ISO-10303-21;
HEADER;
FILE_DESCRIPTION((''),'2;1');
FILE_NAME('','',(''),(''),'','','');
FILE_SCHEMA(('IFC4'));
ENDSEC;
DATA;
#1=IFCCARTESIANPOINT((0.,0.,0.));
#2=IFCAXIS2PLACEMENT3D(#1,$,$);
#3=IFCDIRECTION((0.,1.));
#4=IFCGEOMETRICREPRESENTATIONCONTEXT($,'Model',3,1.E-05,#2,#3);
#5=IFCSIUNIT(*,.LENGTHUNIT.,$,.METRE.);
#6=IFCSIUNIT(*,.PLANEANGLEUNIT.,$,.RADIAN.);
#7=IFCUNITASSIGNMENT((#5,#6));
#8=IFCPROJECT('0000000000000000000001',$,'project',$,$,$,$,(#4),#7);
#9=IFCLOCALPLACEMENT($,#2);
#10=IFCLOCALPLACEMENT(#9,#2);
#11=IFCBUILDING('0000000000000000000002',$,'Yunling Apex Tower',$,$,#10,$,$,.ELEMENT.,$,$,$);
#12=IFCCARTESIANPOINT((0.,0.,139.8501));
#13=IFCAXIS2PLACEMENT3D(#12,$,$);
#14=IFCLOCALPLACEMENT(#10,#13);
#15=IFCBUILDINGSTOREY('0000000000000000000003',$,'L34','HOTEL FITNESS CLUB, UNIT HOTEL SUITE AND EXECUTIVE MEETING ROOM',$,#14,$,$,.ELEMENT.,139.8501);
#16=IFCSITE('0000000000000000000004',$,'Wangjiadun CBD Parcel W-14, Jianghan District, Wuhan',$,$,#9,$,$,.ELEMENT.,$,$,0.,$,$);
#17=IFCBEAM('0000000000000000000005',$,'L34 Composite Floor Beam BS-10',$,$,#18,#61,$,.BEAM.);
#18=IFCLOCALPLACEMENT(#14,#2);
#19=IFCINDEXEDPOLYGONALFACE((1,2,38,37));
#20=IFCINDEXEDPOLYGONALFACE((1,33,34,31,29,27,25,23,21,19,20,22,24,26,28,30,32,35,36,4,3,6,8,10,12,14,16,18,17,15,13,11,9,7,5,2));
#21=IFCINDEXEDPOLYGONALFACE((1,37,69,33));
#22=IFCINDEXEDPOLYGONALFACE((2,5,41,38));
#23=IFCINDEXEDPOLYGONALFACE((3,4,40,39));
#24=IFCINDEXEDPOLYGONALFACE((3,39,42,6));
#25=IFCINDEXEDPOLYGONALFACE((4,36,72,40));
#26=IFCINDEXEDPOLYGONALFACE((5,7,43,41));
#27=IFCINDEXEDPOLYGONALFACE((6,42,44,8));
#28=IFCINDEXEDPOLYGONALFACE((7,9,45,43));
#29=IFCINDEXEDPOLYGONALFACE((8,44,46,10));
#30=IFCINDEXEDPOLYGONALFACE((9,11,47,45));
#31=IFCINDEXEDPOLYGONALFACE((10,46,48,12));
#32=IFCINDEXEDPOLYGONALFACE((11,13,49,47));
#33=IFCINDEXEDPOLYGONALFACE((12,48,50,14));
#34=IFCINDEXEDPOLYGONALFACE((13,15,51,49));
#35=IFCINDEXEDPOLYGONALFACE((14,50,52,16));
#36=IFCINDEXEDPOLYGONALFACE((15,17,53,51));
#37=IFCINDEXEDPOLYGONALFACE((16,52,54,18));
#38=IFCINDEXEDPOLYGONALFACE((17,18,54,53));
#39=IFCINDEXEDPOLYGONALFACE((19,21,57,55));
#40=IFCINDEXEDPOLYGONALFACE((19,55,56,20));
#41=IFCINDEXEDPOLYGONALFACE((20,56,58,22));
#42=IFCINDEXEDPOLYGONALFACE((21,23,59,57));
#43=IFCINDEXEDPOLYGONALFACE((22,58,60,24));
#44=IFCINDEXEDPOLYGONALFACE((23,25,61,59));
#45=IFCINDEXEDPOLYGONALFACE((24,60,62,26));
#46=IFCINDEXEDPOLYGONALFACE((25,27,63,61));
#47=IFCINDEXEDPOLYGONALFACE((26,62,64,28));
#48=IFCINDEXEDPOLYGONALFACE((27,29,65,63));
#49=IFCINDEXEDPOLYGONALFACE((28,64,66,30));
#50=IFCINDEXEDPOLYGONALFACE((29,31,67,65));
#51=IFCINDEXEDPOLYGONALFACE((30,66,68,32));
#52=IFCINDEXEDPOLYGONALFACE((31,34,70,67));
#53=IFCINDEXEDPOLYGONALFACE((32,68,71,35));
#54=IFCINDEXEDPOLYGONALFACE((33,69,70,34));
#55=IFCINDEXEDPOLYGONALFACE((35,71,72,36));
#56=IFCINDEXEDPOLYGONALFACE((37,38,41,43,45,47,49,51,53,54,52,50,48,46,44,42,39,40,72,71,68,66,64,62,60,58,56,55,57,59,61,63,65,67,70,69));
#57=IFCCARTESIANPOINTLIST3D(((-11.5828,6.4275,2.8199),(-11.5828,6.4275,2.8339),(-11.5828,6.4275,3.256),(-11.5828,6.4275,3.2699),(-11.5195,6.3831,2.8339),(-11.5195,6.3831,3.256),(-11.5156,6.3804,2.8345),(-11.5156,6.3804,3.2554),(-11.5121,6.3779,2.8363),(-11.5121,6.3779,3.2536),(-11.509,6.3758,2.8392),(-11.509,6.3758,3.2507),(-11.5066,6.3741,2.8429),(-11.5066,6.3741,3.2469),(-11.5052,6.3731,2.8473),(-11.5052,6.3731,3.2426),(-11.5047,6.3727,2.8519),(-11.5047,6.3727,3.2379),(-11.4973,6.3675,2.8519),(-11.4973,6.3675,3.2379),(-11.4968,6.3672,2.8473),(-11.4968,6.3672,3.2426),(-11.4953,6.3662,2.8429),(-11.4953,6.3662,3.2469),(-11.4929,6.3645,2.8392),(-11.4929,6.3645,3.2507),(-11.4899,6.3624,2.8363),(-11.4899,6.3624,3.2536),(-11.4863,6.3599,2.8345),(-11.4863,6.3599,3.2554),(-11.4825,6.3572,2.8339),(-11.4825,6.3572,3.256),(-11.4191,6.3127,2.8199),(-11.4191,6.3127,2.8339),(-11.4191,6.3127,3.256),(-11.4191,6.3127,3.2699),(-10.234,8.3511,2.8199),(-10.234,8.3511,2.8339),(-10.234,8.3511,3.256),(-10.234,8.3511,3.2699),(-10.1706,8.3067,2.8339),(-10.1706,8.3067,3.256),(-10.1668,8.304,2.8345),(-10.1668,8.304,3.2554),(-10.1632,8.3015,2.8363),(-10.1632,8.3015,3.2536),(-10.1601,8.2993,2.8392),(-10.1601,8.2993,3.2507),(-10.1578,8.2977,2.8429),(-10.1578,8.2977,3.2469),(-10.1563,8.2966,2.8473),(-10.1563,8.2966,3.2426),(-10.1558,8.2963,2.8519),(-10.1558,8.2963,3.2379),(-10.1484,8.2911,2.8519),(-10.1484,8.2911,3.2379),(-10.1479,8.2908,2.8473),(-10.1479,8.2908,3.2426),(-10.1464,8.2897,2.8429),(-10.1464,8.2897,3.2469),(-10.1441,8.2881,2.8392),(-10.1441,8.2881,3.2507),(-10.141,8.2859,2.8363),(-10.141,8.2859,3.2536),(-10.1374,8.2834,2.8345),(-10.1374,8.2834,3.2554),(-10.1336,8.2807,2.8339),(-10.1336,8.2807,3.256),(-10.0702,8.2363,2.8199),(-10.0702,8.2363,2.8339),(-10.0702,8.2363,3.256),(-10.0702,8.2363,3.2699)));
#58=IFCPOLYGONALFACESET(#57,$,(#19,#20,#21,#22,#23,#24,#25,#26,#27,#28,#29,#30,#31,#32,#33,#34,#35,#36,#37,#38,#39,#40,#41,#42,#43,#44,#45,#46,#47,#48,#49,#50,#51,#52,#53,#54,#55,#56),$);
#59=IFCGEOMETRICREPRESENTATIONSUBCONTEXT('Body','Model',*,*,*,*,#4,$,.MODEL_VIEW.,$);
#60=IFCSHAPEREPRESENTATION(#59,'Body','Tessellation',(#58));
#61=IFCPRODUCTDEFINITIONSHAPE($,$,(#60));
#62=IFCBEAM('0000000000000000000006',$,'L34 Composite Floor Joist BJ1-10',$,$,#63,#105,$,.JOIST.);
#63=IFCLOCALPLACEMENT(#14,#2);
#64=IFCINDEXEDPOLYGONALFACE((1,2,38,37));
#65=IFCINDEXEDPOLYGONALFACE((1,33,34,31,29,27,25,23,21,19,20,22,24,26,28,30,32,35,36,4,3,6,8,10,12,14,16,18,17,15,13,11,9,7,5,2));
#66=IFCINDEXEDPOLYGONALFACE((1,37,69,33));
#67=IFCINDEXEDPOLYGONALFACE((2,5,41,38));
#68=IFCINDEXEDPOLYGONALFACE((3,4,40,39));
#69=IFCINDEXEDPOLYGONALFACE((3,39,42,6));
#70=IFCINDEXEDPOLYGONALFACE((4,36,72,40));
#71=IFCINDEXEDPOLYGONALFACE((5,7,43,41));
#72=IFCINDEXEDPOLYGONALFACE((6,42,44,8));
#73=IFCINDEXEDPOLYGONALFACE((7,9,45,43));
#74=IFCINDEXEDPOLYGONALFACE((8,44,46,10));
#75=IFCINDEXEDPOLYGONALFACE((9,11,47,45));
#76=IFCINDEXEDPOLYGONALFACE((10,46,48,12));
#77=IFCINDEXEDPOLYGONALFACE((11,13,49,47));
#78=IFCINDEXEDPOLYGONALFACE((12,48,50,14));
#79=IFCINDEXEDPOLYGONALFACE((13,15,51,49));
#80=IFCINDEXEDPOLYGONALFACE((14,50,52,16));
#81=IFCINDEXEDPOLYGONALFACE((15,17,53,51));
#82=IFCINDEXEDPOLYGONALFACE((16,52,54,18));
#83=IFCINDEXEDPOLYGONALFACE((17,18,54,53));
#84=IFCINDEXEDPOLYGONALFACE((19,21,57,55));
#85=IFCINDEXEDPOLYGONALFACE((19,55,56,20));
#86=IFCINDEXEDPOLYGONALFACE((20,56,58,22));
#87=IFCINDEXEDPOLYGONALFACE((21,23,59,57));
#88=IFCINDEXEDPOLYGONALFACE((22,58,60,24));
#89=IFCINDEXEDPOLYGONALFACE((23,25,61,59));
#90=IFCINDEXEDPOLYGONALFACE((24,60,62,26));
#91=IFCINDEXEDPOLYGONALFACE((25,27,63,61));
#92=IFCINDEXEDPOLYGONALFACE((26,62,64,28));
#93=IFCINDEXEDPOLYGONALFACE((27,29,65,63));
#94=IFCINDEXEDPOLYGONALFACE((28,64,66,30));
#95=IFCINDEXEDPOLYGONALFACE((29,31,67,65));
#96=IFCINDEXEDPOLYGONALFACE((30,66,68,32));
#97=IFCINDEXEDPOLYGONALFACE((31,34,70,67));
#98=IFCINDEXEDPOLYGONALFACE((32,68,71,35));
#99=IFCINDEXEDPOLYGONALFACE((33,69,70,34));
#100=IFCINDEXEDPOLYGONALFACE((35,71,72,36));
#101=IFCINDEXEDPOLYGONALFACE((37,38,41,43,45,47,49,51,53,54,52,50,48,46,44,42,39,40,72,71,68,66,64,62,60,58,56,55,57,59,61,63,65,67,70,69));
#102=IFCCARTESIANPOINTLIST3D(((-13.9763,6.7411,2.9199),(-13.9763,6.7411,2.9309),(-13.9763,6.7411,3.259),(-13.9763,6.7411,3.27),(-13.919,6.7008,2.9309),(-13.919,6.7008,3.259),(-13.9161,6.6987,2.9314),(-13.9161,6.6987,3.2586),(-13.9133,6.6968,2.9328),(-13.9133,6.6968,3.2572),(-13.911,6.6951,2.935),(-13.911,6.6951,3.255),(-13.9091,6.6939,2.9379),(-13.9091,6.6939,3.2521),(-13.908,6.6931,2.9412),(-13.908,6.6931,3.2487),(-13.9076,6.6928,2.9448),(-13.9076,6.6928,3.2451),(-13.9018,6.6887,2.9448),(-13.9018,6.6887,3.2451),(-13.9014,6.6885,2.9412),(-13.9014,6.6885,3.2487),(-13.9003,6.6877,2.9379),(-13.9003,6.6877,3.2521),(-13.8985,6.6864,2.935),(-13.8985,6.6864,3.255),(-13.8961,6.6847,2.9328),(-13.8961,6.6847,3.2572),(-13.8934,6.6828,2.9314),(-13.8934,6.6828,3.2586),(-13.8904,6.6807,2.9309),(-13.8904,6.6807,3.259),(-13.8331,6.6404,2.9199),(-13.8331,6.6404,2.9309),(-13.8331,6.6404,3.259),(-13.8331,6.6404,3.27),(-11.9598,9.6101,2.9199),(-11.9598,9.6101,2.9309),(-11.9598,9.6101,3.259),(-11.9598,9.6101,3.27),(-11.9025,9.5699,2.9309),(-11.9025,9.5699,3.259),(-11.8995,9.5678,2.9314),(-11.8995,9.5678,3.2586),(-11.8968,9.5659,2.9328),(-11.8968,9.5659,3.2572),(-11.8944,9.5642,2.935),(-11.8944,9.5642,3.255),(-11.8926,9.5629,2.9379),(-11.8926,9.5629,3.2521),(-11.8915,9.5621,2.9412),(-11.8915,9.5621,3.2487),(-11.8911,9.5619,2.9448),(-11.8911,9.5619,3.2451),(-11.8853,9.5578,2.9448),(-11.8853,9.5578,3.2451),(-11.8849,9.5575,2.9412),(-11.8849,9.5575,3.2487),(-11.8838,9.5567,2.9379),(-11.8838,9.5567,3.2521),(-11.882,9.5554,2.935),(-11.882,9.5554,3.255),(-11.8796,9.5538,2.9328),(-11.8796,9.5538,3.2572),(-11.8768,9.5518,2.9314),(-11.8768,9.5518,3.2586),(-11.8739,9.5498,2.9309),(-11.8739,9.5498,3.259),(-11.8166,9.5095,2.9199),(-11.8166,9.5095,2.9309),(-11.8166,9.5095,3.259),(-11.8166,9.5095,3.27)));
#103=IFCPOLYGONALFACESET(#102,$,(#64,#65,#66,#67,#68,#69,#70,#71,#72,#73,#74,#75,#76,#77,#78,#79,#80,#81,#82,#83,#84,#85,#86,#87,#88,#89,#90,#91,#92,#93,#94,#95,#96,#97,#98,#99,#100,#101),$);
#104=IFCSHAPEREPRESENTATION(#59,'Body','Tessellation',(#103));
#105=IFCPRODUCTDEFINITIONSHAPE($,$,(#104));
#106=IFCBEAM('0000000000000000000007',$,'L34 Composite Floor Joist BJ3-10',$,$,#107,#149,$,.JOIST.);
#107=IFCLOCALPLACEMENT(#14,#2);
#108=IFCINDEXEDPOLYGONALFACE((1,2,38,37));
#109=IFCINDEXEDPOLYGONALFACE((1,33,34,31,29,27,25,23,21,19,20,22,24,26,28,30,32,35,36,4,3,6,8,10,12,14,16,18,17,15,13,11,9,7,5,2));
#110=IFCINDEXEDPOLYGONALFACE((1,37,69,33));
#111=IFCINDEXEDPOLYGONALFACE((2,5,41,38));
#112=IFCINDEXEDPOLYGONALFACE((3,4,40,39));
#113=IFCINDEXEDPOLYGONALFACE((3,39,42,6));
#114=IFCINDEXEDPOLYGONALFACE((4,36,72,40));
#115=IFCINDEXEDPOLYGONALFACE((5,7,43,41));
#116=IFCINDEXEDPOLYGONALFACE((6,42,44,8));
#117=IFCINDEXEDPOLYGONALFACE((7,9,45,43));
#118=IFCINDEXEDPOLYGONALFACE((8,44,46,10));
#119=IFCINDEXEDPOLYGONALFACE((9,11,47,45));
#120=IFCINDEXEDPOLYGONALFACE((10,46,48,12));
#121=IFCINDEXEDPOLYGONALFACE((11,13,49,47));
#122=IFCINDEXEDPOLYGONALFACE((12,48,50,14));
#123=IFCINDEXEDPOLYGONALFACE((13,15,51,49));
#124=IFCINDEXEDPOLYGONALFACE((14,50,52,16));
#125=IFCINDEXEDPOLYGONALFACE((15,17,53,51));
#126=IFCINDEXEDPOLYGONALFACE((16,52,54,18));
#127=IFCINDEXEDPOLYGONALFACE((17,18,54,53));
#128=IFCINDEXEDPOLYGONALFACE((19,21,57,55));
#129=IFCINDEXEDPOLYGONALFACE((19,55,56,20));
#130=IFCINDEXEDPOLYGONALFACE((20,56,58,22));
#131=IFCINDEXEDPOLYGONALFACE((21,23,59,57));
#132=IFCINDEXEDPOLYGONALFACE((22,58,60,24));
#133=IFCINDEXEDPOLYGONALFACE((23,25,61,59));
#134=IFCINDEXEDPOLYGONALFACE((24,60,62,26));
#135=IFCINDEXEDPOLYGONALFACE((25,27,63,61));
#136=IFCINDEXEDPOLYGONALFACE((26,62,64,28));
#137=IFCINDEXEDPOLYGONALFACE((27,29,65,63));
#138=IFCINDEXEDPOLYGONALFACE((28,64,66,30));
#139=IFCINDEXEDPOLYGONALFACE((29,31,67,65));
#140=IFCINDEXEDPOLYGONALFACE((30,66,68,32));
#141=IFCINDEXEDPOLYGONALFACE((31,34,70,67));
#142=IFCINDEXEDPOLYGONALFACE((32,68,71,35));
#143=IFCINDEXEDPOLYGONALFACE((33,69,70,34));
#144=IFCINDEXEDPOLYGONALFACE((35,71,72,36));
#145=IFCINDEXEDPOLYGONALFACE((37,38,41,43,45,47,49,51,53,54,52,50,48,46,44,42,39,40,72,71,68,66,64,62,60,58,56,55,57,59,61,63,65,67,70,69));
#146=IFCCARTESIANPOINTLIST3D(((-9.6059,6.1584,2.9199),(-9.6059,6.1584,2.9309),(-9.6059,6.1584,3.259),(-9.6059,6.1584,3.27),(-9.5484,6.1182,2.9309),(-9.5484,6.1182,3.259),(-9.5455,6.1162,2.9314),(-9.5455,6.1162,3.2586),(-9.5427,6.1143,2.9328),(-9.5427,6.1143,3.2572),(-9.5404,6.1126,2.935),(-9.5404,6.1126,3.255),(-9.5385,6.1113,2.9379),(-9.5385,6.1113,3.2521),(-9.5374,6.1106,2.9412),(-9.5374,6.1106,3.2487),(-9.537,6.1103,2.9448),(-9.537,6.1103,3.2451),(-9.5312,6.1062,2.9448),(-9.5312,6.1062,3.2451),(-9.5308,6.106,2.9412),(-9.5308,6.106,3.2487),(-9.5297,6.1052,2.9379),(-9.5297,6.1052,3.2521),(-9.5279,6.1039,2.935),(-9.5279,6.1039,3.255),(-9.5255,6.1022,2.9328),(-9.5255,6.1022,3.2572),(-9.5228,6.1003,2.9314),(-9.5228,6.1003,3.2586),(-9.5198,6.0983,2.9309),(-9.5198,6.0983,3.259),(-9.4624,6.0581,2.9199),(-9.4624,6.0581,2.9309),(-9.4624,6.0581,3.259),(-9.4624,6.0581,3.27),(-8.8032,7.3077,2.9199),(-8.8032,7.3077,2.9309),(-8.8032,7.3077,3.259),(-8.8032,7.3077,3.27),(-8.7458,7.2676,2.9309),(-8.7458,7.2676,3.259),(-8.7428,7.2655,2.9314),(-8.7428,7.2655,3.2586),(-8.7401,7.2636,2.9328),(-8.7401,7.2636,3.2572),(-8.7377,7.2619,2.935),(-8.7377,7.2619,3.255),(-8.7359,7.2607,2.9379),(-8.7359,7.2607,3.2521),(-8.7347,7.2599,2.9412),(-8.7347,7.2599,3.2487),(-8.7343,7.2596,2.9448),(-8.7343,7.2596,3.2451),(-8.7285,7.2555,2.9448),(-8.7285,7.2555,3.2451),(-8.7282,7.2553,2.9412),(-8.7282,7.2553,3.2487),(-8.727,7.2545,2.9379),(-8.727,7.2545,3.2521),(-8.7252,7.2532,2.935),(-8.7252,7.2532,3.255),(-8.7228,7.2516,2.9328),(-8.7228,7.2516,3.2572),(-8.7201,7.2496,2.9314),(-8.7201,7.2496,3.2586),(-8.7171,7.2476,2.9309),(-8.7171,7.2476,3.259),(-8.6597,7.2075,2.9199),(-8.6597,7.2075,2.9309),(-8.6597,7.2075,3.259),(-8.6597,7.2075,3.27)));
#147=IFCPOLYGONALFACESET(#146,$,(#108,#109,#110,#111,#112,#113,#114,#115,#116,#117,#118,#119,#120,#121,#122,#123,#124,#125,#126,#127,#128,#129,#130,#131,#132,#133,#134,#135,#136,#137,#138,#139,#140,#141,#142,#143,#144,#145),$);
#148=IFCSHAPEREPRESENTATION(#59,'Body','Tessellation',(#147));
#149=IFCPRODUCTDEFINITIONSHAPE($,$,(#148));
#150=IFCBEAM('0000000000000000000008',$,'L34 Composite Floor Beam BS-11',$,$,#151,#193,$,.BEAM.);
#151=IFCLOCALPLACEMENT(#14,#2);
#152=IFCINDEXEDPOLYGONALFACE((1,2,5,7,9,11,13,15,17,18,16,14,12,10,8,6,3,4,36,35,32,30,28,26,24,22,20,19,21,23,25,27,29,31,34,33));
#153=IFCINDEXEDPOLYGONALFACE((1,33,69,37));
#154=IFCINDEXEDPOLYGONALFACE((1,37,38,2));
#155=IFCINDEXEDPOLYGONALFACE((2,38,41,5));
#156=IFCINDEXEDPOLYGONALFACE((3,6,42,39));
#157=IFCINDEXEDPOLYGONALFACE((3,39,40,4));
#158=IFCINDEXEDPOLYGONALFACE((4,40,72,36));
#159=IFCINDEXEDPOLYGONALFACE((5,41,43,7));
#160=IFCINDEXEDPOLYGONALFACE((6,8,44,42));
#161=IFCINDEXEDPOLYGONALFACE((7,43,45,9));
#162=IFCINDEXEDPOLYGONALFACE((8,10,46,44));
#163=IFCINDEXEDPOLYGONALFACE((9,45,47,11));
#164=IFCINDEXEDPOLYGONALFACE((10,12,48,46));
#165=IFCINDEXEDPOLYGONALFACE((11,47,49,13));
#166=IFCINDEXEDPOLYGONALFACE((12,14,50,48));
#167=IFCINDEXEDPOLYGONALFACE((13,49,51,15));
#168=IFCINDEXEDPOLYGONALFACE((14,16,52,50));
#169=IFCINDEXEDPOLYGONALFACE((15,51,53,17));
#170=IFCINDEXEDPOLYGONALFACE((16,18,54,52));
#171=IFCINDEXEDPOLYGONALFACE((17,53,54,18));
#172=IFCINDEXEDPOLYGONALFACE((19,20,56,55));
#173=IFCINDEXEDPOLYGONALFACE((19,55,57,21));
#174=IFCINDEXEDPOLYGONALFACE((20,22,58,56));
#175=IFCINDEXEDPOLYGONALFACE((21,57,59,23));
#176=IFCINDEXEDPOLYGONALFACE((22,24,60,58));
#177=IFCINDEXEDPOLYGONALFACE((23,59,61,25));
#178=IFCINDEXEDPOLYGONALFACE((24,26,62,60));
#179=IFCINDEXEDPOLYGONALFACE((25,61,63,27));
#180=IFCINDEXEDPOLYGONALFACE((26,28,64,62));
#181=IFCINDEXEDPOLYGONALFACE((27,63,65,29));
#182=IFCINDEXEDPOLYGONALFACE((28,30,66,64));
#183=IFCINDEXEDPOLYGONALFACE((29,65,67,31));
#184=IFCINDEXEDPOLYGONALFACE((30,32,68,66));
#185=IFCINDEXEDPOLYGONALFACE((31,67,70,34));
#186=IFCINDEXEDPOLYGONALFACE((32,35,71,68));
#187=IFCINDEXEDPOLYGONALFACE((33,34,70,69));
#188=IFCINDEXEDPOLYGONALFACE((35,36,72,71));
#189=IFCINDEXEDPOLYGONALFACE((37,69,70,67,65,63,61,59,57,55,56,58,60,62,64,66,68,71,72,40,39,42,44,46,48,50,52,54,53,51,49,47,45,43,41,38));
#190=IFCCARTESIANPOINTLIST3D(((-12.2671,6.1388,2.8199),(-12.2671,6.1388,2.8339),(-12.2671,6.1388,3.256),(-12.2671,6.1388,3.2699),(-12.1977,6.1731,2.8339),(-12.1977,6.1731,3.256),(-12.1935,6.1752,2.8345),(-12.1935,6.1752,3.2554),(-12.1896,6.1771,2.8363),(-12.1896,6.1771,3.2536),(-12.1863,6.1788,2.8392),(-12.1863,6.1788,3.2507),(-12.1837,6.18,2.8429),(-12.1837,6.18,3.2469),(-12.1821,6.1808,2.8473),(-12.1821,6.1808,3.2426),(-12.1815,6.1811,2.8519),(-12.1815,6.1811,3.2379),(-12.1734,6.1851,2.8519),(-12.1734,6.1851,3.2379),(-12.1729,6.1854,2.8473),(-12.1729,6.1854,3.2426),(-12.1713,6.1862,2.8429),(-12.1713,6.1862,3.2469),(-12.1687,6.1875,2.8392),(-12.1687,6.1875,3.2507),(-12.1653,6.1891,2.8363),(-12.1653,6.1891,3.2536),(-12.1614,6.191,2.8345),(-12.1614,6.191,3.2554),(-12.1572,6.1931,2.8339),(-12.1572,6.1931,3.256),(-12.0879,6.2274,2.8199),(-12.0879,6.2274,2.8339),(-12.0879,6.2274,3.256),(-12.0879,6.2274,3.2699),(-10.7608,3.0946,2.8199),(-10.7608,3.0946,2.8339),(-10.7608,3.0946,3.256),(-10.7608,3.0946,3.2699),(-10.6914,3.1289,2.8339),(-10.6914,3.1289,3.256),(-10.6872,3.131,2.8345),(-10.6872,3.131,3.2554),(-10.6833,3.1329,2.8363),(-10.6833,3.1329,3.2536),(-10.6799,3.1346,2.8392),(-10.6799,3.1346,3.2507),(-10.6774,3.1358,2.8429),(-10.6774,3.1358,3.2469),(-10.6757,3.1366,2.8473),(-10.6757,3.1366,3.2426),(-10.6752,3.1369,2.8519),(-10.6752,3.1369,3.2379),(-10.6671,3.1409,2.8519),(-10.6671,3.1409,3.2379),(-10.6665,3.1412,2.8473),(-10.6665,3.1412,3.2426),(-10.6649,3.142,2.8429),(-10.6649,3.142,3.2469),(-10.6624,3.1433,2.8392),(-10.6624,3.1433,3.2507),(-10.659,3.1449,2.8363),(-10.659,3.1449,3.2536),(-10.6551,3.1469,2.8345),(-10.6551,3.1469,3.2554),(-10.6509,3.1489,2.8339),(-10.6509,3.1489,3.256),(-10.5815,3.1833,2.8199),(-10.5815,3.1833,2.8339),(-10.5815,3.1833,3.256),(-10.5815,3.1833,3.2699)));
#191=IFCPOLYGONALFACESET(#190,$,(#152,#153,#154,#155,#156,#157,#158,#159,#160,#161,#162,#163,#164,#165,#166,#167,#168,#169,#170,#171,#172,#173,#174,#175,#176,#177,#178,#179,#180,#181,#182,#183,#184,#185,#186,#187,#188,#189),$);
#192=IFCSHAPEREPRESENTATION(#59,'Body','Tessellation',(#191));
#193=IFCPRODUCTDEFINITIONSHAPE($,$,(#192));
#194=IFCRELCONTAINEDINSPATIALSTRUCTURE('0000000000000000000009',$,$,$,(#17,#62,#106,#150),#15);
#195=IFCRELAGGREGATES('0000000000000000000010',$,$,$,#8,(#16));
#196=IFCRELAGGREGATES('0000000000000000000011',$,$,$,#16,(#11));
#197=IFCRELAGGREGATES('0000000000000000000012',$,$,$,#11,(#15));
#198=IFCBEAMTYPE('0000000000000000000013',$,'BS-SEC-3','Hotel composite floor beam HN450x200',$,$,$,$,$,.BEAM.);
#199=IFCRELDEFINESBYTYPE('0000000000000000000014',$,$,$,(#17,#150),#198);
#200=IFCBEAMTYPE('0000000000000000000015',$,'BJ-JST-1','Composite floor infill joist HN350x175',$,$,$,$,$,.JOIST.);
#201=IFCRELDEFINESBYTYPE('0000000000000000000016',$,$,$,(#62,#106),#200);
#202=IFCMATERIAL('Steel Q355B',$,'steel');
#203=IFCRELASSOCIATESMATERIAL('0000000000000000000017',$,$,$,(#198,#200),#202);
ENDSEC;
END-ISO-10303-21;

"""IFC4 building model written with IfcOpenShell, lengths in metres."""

from ifc_helpers import new_model, si_unit, direction, frame, origin, origin_2d, place, context, subcontext, project, spatial, i_section, extrude, source, transform, mapped, material, material_profile, profile_set, type_object, element, save


model = new_model("IFC4")

# Units and contexts
model_context = context("Model", 3, precision=1e-05, world=origin(), true_north=direction((0.0, 1.0)))
body_context = subcontext(model_context, "Body", "Model", "MODEL_VIEW")
ifc_project = project(units=[si_unit("LENGTHUNIT", "METRE"), si_unit("PLANEANGLEUNIT", "RADIAN")], contexts=[model_context])

# Site, building, storey
site_placement = place(None, origin())
site = spatial("IfcSite", under=ifc_project, at=site_placement, Name="Wangjiadun CBD Parcel W-14, Jianghan District, Wuhan", CompositionType="ELEMENT", RefElevation=0.0)
building_placement = place(site_placement, origin())
building = spatial("IfcBuilding", under=site, at=building_placement, Name="Yunling Apex Tower", CompositionType="ELEMENT")
storey_placement = place(building_placement, frame((0.0, 0.0, 139.8501)))
storey = spatial("IfcBuildingStorey", under=building, at=storey_placement, Name="L34", Description="HOTEL FITNESS CLUB, UNIT HOTEL SUITE AND EXECUTIVE MEETING ROOM", CompositionType="ELEMENT", Elevation=139.8501)

# Beams
ifc_material_1 = material(Name="Steel Q355B", Category="steel")
ifc_material_profile_1 = material_profile(ifc_material_1, i_section(OverallWidth=0.2, OverallDepth=0.45, WebThickness=0.009, FlangeThickness=0.0139, FilletRadius=0.0181, at=origin_2d()))
ifc_profile_set_1 = profile_set([ifc_material_profile_1], Name="Steel Q355B")
beam_type_1 = type_object("IfcBeamType", Name="BS-SEC-3", Description="Hotel composite floor beam HN450x200", PredefinedType="BEAM", material=ifc_profile_set_1)
shared_shape_1 = source(origin(), body_context, "Body", "SweptSolid", [
    extrude(i_section(OverallWidth=0.2, OverallDepth=0.45, WebThickness=0.009, FlangeThickness=0.0139, FilletRadius=0.0181, at=origin_2d()), origin(), (0.0, 0.0, 1.0), 2.3494),
])
beam_1_placement = place(storey_placement, frame((-10.1521, 8.2937, 3.0449), z_axis=(-0.574139, -0.818758, 0.0), x_axis=(0.818758, -0.574139, 0.0)))
element("IfcBeam", 1, at=beam_1_placement, inside=storey, type_object=beam_type_1, Name="L34 Composite Floor Beam BS-10", PredefinedType="BEAM", context=body_context, shape_type="MappedRepresentation", body=[
    mapped(shared_shape_1, transform((0.0, 0.0, 0.0), scale=1.0)),
])
ifc_material_profile_2 = material_profile(ifc_material_1, i_section(OverallWidth=0.175, OverallDepth=0.3501, WebThickness=0.0071, FlangeThickness=0.011, FilletRadius=0.0139, at=origin_2d()))
ifc_profile_set_2 = profile_set([ifc_material_profile_2], Name="Steel Q355B")
beam_type_2 = type_object("IfcBeamType", Name="BJ-JST-1", Description="Composite floor infill joist HN350x175", PredefinedType="JOIST", material=ifc_profile_set_2)
shared_shape_2 = source(origin(), body_context, "Body", "SweptSolid", [
    extrude(i_section(OverallWidth=0.175, OverallDepth=0.3501, WebThickness=0.0071, FlangeThickness=0.011, FilletRadius=0.0139, at=origin_2d()), origin(), (0.0, 0.0, 1.0), 3.5068),
])
beam_2_placement = place(storey_placement, frame((-11.8882, 9.5598, 3.095), z_axis=(-0.575031, -0.818132, 0.0), x_axis=(0.818132, -0.575031, 0.0)))
element("IfcBeam", 2, at=beam_2_placement, inside=storey, type_object=beam_type_2, Name="L34 Composite Floor Joist BJ1-10", PredefinedType="JOIST", context=body_context, shape_type="MappedRepresentation", body=[
    mapped(shared_shape_2, transform((0.0, 0.0, 0.0), scale=1.0)),
])
shared_shape_3 = source(origin(), body_context, "Body", "SweptSolid", [
    extrude(i_section(OverallWidth=0.175, OverallDepth=0.3501, WebThickness=0.0071, FlangeThickness=0.011, FilletRadius=0.0139, at=origin_2d()), origin(), (0.0, 0.0, 1.0), 1.4019),
])
beam_3_placement = place(storey_placement, frame((-8.7314, 7.2576, 3.095), z_axis=(-0.572574, -0.819853, 0.0), x_axis=(0.819853, -0.572574, 0.0)))
element("IfcBeam", 3, at=beam_3_placement, inside=storey, type_object=beam_type_2, Name="L34 Composite Floor Joist BJ3-10", PredefinedType="JOIST", context=body_context, shape_type="MappedRepresentation", body=[
    mapped(shared_shape_3, transform((0.0, 0.0, 0.0), scale=1.0)),
])
shared_shape_4 = source(origin(), body_context, "Body", "SweptSolid", [
    extrude(i_section(OverallWidth=0.2, OverallDepth=0.45, WebThickness=0.009, FlangeThickness=0.0139, FilletRadius=0.0181, at=origin_2d()), origin(), (0.0, 0.0, 1.0), 3.3965),
])
beam_4_placement = place(storey_placement, frame((-12.1775, 6.1831, 3.0449), z_axis=(0.443501, -0.896274, 0.0), x_axis=(0.896274, 0.443501, 0.0)))
element("IfcBeam", 4, at=beam_4_placement, inside=storey, type_object=beam_type_1, Name="L34 Composite Floor Beam BS-11", PredefinedType="BEAM", context=body_context, shape_type="MappedRepresentation", body=[
    mapped(shared_shape_4, transform((0.0, 0.0, 0.0), scale=1.0)),
])

save(model, "model.ifc")
